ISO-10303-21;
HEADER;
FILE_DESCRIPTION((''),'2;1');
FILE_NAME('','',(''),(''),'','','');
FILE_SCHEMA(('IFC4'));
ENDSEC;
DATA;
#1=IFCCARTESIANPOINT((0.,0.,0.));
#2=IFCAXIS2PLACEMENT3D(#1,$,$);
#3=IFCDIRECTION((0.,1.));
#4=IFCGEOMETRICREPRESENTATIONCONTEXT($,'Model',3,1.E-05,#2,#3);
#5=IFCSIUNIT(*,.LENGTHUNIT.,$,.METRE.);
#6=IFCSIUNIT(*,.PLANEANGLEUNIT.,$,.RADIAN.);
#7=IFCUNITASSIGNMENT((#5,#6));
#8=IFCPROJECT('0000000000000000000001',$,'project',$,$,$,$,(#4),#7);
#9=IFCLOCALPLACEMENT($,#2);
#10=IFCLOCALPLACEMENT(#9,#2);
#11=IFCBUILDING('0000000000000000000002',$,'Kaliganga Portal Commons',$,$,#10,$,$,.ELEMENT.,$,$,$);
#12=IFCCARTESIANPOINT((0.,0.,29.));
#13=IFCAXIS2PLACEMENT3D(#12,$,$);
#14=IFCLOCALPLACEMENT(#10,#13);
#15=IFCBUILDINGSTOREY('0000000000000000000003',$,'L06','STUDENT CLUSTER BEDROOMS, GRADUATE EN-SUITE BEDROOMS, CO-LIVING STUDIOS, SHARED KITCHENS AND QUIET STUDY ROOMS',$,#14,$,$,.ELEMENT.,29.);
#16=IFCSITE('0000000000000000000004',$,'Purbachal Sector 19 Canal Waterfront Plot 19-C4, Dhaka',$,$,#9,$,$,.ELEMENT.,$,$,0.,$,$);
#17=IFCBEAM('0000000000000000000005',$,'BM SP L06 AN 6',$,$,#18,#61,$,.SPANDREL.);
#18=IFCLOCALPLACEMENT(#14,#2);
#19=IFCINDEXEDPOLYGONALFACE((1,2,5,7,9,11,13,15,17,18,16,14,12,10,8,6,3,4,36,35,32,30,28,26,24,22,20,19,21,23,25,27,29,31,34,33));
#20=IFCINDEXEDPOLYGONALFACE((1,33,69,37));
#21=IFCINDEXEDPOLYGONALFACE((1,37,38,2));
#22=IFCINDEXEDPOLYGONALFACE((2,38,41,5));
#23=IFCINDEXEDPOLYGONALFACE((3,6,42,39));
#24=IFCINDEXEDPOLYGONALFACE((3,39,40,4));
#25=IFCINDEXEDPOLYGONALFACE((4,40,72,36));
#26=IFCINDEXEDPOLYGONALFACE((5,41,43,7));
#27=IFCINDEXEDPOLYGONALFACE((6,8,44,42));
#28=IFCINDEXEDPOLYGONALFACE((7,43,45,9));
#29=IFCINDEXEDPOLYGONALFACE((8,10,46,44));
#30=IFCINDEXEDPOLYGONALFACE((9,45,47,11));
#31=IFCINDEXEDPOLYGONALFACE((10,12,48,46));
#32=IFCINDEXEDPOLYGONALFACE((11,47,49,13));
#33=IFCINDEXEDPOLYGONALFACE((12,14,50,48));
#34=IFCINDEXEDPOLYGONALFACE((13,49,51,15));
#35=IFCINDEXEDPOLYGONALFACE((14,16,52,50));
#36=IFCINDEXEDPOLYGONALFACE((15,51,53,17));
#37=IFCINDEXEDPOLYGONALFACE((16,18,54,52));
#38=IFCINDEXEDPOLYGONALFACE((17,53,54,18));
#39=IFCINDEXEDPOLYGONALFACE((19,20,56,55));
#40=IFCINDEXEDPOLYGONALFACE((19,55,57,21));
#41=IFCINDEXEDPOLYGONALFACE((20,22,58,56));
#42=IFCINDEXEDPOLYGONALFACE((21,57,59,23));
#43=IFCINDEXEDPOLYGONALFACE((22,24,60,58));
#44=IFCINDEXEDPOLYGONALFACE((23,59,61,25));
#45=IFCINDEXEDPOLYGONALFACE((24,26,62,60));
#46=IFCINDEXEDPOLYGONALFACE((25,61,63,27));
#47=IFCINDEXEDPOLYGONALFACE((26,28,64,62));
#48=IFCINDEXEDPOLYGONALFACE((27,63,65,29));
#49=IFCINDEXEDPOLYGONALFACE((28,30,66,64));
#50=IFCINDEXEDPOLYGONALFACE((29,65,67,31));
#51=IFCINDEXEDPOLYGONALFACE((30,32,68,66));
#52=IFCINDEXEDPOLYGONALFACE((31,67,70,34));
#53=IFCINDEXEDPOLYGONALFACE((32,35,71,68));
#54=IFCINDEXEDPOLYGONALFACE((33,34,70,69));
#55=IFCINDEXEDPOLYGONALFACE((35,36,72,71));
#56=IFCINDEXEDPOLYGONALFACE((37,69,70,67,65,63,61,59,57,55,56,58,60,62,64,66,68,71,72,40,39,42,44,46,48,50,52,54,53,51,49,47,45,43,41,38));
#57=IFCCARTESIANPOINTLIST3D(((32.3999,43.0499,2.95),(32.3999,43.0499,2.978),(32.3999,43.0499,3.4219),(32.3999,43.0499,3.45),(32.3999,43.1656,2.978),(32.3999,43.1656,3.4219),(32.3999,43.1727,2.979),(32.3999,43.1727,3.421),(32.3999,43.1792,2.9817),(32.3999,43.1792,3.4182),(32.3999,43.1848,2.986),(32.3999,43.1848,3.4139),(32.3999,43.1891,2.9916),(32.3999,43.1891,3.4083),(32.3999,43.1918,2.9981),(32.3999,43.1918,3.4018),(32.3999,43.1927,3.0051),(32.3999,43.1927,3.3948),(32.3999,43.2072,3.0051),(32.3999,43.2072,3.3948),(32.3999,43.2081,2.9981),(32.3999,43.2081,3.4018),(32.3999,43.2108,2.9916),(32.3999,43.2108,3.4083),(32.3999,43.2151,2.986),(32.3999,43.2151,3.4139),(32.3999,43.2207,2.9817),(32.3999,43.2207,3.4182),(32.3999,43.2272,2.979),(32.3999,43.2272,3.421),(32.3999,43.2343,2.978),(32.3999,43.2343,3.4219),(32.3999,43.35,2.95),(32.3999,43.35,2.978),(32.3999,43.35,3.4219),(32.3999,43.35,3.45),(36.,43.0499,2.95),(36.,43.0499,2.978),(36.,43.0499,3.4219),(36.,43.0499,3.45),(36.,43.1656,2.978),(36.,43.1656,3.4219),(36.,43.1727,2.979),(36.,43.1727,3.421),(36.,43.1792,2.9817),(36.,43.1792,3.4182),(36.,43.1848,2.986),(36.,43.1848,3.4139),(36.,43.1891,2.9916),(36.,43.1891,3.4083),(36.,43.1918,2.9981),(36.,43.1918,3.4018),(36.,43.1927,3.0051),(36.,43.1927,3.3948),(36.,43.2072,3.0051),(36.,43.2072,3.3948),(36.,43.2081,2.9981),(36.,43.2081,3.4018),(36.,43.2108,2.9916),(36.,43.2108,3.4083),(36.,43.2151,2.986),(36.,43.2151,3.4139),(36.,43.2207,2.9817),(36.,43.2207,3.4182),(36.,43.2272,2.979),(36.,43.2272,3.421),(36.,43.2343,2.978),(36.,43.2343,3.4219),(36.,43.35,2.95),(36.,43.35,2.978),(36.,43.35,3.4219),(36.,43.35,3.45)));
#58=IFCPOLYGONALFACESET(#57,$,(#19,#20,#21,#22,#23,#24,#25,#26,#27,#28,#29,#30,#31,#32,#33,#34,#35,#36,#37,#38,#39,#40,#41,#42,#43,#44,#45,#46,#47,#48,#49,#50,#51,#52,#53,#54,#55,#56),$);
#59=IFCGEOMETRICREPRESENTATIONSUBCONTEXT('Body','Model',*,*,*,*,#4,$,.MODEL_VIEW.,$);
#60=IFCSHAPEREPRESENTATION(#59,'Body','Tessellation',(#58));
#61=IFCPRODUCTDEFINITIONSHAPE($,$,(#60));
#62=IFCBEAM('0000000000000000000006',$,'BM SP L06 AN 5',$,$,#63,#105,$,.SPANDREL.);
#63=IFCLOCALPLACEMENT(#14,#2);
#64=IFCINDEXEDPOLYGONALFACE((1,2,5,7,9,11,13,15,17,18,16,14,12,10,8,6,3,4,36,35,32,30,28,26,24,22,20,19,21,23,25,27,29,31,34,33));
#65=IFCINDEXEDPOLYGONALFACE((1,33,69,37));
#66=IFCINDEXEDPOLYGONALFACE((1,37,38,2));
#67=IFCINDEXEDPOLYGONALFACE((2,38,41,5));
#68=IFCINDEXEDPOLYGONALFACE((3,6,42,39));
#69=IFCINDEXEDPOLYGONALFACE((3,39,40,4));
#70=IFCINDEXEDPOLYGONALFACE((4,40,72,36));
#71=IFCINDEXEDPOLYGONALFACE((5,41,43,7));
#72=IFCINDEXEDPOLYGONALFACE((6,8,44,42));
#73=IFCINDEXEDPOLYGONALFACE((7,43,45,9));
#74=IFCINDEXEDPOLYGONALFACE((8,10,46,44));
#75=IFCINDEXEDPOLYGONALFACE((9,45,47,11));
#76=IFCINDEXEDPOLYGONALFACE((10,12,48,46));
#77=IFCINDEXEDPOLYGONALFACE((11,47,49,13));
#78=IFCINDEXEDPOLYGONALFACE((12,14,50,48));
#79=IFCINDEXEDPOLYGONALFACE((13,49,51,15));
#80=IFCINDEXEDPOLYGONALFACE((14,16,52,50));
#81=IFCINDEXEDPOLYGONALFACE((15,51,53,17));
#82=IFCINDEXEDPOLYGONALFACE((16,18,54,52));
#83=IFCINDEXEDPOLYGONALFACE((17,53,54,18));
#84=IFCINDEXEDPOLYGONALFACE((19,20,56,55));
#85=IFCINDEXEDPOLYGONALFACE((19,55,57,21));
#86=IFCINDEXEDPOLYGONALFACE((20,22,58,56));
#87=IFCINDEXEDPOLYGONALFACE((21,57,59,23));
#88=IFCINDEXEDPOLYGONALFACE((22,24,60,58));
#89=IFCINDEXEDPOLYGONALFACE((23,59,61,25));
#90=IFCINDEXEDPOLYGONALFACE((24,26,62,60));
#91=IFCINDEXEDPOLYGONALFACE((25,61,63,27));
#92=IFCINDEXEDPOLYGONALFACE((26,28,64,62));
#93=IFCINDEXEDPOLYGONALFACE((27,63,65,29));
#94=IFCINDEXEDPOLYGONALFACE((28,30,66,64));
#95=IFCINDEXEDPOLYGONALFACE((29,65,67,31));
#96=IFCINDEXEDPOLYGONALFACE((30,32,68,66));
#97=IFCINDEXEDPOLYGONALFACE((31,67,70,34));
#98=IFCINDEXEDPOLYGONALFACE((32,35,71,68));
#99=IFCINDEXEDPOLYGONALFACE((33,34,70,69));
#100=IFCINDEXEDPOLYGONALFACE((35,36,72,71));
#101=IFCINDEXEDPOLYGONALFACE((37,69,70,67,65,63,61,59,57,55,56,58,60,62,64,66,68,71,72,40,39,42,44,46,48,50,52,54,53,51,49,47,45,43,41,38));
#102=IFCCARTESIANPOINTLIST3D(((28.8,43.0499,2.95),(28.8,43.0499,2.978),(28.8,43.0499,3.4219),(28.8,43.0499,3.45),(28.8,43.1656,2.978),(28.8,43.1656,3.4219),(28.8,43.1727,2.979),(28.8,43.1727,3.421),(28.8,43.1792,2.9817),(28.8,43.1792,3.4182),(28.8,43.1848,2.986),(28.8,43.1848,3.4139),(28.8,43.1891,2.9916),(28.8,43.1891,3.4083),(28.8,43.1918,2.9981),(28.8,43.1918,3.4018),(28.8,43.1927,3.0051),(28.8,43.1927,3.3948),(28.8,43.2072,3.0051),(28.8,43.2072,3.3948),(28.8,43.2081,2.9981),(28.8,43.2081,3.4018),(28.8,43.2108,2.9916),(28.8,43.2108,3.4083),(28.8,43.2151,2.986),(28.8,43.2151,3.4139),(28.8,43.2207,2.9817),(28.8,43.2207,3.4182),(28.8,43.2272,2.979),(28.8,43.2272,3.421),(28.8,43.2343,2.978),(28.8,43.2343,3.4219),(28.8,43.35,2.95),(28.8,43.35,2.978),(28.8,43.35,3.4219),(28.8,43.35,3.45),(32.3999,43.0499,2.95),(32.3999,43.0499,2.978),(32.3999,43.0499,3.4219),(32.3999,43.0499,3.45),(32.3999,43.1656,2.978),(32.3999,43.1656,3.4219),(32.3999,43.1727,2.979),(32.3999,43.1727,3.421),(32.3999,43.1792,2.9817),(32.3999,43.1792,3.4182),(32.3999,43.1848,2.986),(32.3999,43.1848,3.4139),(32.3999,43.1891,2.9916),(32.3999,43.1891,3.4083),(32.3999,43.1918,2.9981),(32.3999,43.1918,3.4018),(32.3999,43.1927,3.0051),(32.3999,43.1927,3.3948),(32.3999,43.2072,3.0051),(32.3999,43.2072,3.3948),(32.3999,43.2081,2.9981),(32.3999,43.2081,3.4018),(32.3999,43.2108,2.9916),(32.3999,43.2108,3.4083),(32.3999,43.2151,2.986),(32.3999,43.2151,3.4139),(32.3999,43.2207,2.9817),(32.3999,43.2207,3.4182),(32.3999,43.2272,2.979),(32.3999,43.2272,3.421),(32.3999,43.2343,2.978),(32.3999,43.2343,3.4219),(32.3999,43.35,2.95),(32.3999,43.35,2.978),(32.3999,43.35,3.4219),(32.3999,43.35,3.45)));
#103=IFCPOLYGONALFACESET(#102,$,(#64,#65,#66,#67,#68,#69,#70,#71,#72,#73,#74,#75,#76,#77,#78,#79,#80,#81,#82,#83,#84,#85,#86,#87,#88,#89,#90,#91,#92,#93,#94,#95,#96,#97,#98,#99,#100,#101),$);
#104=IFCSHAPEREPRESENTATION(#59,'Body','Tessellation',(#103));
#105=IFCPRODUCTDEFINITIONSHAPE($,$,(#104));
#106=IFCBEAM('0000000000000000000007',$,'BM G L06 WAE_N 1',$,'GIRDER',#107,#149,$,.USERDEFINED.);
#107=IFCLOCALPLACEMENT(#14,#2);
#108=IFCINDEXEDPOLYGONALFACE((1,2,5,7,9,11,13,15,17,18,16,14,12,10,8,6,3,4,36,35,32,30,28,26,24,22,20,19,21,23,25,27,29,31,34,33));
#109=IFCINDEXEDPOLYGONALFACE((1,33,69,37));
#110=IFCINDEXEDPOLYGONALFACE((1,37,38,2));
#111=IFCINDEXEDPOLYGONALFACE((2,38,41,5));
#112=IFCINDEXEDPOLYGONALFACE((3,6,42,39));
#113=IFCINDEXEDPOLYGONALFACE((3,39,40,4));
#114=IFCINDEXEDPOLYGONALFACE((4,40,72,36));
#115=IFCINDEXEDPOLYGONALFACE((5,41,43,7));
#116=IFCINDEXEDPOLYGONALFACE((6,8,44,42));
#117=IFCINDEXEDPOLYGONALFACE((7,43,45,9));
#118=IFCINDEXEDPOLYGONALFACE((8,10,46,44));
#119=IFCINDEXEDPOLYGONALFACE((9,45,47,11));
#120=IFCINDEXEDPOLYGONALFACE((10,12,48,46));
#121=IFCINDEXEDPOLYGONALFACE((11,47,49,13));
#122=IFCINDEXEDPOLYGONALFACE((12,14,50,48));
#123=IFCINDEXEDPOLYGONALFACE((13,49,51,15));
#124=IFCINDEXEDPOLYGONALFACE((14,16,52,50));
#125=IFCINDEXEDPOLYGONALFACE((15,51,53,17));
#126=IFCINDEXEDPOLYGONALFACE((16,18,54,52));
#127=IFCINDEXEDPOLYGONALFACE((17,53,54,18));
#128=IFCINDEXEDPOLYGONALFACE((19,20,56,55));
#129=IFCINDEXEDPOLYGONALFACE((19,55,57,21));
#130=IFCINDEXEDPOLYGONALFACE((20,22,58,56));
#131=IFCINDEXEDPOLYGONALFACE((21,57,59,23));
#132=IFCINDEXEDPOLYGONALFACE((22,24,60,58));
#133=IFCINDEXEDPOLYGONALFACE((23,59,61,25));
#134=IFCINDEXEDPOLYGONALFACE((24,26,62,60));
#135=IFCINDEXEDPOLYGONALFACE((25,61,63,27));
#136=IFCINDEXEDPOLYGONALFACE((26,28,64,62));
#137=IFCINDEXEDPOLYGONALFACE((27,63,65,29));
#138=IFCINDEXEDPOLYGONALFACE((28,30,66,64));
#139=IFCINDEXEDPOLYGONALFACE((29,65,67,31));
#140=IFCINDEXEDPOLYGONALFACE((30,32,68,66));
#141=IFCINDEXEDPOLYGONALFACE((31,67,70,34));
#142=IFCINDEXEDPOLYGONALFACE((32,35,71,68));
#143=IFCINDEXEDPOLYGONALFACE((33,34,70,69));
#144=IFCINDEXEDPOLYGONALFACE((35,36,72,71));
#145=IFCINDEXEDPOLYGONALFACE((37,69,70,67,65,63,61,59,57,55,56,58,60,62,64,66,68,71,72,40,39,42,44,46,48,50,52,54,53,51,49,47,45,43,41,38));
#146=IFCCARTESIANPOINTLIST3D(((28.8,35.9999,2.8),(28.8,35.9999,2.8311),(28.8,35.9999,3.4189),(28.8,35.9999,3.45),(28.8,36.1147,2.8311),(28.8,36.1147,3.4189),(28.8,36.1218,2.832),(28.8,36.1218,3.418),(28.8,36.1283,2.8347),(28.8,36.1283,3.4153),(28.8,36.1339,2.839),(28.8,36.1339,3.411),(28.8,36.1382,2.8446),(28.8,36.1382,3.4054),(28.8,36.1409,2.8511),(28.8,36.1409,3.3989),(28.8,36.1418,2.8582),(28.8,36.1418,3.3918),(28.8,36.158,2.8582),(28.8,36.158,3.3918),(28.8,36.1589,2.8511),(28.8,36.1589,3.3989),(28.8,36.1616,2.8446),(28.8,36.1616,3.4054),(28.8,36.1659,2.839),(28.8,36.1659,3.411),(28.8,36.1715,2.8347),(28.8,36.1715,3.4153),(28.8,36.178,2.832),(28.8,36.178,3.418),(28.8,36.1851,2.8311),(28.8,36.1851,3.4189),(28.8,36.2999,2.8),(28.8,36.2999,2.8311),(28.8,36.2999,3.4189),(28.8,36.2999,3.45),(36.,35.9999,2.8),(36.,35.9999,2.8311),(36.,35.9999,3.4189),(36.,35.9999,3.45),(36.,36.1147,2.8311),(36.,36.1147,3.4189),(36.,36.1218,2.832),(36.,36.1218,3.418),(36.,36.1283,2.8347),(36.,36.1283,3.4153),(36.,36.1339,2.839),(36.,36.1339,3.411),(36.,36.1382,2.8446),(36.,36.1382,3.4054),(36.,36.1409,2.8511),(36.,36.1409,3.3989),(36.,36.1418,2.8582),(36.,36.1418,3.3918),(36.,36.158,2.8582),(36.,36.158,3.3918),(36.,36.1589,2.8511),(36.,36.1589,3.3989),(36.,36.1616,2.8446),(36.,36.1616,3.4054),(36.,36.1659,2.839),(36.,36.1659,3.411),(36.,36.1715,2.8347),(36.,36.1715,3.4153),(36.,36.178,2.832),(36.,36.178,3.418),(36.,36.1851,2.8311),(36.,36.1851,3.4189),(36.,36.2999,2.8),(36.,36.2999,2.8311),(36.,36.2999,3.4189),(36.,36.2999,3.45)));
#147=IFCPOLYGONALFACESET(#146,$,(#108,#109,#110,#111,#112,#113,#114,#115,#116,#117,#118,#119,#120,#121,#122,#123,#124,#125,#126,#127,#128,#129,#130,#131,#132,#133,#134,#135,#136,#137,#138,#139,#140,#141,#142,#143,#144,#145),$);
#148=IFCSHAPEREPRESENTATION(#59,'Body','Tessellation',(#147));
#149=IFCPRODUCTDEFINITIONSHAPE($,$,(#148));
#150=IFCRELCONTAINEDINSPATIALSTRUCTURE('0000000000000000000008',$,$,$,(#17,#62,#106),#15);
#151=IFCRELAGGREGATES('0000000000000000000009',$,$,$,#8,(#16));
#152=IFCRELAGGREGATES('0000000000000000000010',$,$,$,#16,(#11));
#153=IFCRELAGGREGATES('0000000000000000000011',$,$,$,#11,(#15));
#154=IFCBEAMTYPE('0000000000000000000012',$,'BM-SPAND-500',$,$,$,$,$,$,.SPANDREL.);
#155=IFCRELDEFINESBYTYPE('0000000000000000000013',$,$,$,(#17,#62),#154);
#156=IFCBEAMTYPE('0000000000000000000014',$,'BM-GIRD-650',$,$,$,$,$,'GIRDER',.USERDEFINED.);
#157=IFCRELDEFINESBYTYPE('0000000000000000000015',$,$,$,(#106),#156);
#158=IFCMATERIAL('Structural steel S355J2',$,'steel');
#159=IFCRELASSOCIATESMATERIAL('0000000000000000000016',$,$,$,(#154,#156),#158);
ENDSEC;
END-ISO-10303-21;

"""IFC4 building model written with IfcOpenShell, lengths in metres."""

from ifc_helpers import new_model, si_unit, direction, frame, origin, origin_2d, place, context, subcontext, project, spatial, i_section, extrude, source, transform, mapped, material, material_profile, profile_set, type_object, element, save


model = new_model("IFC4")

# Units and contexts
model_context = context("Model", 3, precision=1e-05, world=origin(), true_north=direction((0.0, 1.0)))
body_context = subcontext(model_context, "Body", "Model", "MODEL_VIEW")
ifc_project = project(units=[si_unit("LENGTHUNIT", "METRE"), si_unit("PLANEANGLEUNIT", "RADIAN")], contexts=[model_context])

# Site, building, storey
site_placement = place(None, origin())
site = spatial("IfcSite", under=ifc_project, at=site_placement, Name="Purbachal Sector 19 Canal Waterfront Plot 19-C4, Dhaka", CompositionType="ELEMENT", RefElevation=0.0)
building_placement = place(site_placement, origin())
building = spatial("IfcBuilding", under=site, at=building_placement, Name="Kaliganga Portal Commons", CompositionType="ELEMENT")
storey_placement = place(building_placement, frame((0.0, 0.0, 29.0)))
storey = spatial("IfcBuildingStorey", under=building, at=storey_placement, Name="L06", Description="STUDENT CLUSTER BEDROOMS, GRADUATE EN-SUITE BEDROOMS, CO-LIVING STUDIOS, SHARED KITCHENS AND QUIET STUDY ROOMS", CompositionType="ELEMENT", Elevation=29.0)

# Beams
ifc_material_1 = material(Name="Structural steel S355J2", Category="steel")
ifc_material_profile_1 = material_profile(ifc_material_1, i_section(OverallWidth=0.3, OverallDepth=0.5, WebThickness=0.0144, FlangeThickness=0.0281, FilletRadius=0.0271, at=origin_2d()), Name="HE 500 B")
ifc_profile_set_1 = profile_set([ifc_material_profile_1], Name="Structural steel S355J2 wide-flange")
beam_type_1 = type_object("IfcBeamType", Name="BM-SPAND-500", PredefinedType="SPANDREL", material=ifc_profile_set_1)
shared_shape_1 = source(origin(), body_context, "Body", "SweptSolid", [
    extrude(i_section(OverallWidth=0.3, OverallDepth=0.5, WebThickness=0.0144, FlangeThickness=0.0281, FilletRadius=0.0271, at=origin_2d()), origin(), (0.0, 0.0, 1.0), 3.6001),
])
beam_1_placement = place(storey_placement, frame((32.3999, 43.2, 3.2), z_axis=(1.0, 0.0, 0.0), x_axis=(0.0, 1.0, 0.0)))
element("IfcBeam", 1, at=beam_1_placement, inside=storey, type_object=beam_type_1, Name="BM SP L06 AN 6", PredefinedType="SPANDREL", context=body_context, shape_type="MappedRepresentation", body=[
    mapped(shared_shape_1, transform((0.0, 0.0, 0.0), x_axis=(1.0, 0.0, 0.0), y_axis=(0.0, 1.0, 0.0), z_axis=(0.0, 0.0, 1.0), scale=1.0)),
])
shared_shape_2 = source(origin(), body_context, "Body", "SweptSolid", [
    extrude(i_section(OverallWidth=0.3, OverallDepth=0.5, WebThickness=0.0144, FlangeThickness=0.0281, FilletRadius=0.0271, at=origin_2d()), origin(), (0.0, 0.0, 1.0), 3.5999),
])
beam_2_placement = place(storey_placement, frame((28.8, 43.2, 3.2), z_axis=(1.0, 0.0, 0.0), x_axis=(0.0, 1.0, 0.0)))
element("IfcBeam", 2, at=beam_2_placement, inside=storey, type_object=beam_type_1, Name="BM SP L06 AN 5", PredefinedType="SPANDREL", context=body_context, shape_type="MappedRepresentation", body=[
    mapped(shared_shape_2, transform((0.0, 0.0, 0.0), x_axis=(1.0, 0.0, 0.0), y_axis=(0.0, 1.0, 0.0), z_axis=(0.0, 0.0, 1.0), scale=1.0)),
])
ifc_material_profile_2 = material_profile(ifc_material_1, i_section(OverallWidth=0.3, OverallDepth=0.6499, WebThickness=0.0161, FlangeThickness=0.031, FilletRadius=0.0271, at=origin_2d()), Name="HE 650 B")
ifc_profile_set_2 = profile_set([ifc_material_profile_2], Name="Structural steel S355J2 wide-flange")
beam_type_2 = type_object("IfcBeamType", Name="BM-GIRD-650", ElementType="GIRDER", PredefinedType="USERDEFINED", material=ifc_profile_set_2)
shared_shape_3 = source(origin(), body_context, "Body", "SweptSolid", [
    extrude(i_section(OverallWidth=0.3, OverallDepth=0.6499, WebThickness=0.0161, FlangeThickness=0.031, FilletRadius=0.0271, at=origin_2d()), origin(), (0.0, 0.0, 1.0), 7.2),
])
beam_3_placement = place(storey_placement, frame((28.8, 36.1499, 3.125), z_axis=(1.0, 0.0, 0.0), x_axis=(0.0, 1.0, 0.0)))
element("IfcBeam", 3, at=beam_3_placement, inside=storey, type_object=beam_type_2, Name="BM G L06 WAE_N 1", ObjectType="GIRDER", PredefinedType="USERDEFINED", context=body_context, shape_type="MappedRepresentation", body=[
    mapped(shared_shape_3, transform((0.0, 0.0, 0.0), x_axis=(1.0, 0.0, 0.0), y_axis=(0.0, 1.0, 0.0), z_axis=(0.0, 0.0, 1.0), scale=1.0)),
])

save(model, "model.ifc")
